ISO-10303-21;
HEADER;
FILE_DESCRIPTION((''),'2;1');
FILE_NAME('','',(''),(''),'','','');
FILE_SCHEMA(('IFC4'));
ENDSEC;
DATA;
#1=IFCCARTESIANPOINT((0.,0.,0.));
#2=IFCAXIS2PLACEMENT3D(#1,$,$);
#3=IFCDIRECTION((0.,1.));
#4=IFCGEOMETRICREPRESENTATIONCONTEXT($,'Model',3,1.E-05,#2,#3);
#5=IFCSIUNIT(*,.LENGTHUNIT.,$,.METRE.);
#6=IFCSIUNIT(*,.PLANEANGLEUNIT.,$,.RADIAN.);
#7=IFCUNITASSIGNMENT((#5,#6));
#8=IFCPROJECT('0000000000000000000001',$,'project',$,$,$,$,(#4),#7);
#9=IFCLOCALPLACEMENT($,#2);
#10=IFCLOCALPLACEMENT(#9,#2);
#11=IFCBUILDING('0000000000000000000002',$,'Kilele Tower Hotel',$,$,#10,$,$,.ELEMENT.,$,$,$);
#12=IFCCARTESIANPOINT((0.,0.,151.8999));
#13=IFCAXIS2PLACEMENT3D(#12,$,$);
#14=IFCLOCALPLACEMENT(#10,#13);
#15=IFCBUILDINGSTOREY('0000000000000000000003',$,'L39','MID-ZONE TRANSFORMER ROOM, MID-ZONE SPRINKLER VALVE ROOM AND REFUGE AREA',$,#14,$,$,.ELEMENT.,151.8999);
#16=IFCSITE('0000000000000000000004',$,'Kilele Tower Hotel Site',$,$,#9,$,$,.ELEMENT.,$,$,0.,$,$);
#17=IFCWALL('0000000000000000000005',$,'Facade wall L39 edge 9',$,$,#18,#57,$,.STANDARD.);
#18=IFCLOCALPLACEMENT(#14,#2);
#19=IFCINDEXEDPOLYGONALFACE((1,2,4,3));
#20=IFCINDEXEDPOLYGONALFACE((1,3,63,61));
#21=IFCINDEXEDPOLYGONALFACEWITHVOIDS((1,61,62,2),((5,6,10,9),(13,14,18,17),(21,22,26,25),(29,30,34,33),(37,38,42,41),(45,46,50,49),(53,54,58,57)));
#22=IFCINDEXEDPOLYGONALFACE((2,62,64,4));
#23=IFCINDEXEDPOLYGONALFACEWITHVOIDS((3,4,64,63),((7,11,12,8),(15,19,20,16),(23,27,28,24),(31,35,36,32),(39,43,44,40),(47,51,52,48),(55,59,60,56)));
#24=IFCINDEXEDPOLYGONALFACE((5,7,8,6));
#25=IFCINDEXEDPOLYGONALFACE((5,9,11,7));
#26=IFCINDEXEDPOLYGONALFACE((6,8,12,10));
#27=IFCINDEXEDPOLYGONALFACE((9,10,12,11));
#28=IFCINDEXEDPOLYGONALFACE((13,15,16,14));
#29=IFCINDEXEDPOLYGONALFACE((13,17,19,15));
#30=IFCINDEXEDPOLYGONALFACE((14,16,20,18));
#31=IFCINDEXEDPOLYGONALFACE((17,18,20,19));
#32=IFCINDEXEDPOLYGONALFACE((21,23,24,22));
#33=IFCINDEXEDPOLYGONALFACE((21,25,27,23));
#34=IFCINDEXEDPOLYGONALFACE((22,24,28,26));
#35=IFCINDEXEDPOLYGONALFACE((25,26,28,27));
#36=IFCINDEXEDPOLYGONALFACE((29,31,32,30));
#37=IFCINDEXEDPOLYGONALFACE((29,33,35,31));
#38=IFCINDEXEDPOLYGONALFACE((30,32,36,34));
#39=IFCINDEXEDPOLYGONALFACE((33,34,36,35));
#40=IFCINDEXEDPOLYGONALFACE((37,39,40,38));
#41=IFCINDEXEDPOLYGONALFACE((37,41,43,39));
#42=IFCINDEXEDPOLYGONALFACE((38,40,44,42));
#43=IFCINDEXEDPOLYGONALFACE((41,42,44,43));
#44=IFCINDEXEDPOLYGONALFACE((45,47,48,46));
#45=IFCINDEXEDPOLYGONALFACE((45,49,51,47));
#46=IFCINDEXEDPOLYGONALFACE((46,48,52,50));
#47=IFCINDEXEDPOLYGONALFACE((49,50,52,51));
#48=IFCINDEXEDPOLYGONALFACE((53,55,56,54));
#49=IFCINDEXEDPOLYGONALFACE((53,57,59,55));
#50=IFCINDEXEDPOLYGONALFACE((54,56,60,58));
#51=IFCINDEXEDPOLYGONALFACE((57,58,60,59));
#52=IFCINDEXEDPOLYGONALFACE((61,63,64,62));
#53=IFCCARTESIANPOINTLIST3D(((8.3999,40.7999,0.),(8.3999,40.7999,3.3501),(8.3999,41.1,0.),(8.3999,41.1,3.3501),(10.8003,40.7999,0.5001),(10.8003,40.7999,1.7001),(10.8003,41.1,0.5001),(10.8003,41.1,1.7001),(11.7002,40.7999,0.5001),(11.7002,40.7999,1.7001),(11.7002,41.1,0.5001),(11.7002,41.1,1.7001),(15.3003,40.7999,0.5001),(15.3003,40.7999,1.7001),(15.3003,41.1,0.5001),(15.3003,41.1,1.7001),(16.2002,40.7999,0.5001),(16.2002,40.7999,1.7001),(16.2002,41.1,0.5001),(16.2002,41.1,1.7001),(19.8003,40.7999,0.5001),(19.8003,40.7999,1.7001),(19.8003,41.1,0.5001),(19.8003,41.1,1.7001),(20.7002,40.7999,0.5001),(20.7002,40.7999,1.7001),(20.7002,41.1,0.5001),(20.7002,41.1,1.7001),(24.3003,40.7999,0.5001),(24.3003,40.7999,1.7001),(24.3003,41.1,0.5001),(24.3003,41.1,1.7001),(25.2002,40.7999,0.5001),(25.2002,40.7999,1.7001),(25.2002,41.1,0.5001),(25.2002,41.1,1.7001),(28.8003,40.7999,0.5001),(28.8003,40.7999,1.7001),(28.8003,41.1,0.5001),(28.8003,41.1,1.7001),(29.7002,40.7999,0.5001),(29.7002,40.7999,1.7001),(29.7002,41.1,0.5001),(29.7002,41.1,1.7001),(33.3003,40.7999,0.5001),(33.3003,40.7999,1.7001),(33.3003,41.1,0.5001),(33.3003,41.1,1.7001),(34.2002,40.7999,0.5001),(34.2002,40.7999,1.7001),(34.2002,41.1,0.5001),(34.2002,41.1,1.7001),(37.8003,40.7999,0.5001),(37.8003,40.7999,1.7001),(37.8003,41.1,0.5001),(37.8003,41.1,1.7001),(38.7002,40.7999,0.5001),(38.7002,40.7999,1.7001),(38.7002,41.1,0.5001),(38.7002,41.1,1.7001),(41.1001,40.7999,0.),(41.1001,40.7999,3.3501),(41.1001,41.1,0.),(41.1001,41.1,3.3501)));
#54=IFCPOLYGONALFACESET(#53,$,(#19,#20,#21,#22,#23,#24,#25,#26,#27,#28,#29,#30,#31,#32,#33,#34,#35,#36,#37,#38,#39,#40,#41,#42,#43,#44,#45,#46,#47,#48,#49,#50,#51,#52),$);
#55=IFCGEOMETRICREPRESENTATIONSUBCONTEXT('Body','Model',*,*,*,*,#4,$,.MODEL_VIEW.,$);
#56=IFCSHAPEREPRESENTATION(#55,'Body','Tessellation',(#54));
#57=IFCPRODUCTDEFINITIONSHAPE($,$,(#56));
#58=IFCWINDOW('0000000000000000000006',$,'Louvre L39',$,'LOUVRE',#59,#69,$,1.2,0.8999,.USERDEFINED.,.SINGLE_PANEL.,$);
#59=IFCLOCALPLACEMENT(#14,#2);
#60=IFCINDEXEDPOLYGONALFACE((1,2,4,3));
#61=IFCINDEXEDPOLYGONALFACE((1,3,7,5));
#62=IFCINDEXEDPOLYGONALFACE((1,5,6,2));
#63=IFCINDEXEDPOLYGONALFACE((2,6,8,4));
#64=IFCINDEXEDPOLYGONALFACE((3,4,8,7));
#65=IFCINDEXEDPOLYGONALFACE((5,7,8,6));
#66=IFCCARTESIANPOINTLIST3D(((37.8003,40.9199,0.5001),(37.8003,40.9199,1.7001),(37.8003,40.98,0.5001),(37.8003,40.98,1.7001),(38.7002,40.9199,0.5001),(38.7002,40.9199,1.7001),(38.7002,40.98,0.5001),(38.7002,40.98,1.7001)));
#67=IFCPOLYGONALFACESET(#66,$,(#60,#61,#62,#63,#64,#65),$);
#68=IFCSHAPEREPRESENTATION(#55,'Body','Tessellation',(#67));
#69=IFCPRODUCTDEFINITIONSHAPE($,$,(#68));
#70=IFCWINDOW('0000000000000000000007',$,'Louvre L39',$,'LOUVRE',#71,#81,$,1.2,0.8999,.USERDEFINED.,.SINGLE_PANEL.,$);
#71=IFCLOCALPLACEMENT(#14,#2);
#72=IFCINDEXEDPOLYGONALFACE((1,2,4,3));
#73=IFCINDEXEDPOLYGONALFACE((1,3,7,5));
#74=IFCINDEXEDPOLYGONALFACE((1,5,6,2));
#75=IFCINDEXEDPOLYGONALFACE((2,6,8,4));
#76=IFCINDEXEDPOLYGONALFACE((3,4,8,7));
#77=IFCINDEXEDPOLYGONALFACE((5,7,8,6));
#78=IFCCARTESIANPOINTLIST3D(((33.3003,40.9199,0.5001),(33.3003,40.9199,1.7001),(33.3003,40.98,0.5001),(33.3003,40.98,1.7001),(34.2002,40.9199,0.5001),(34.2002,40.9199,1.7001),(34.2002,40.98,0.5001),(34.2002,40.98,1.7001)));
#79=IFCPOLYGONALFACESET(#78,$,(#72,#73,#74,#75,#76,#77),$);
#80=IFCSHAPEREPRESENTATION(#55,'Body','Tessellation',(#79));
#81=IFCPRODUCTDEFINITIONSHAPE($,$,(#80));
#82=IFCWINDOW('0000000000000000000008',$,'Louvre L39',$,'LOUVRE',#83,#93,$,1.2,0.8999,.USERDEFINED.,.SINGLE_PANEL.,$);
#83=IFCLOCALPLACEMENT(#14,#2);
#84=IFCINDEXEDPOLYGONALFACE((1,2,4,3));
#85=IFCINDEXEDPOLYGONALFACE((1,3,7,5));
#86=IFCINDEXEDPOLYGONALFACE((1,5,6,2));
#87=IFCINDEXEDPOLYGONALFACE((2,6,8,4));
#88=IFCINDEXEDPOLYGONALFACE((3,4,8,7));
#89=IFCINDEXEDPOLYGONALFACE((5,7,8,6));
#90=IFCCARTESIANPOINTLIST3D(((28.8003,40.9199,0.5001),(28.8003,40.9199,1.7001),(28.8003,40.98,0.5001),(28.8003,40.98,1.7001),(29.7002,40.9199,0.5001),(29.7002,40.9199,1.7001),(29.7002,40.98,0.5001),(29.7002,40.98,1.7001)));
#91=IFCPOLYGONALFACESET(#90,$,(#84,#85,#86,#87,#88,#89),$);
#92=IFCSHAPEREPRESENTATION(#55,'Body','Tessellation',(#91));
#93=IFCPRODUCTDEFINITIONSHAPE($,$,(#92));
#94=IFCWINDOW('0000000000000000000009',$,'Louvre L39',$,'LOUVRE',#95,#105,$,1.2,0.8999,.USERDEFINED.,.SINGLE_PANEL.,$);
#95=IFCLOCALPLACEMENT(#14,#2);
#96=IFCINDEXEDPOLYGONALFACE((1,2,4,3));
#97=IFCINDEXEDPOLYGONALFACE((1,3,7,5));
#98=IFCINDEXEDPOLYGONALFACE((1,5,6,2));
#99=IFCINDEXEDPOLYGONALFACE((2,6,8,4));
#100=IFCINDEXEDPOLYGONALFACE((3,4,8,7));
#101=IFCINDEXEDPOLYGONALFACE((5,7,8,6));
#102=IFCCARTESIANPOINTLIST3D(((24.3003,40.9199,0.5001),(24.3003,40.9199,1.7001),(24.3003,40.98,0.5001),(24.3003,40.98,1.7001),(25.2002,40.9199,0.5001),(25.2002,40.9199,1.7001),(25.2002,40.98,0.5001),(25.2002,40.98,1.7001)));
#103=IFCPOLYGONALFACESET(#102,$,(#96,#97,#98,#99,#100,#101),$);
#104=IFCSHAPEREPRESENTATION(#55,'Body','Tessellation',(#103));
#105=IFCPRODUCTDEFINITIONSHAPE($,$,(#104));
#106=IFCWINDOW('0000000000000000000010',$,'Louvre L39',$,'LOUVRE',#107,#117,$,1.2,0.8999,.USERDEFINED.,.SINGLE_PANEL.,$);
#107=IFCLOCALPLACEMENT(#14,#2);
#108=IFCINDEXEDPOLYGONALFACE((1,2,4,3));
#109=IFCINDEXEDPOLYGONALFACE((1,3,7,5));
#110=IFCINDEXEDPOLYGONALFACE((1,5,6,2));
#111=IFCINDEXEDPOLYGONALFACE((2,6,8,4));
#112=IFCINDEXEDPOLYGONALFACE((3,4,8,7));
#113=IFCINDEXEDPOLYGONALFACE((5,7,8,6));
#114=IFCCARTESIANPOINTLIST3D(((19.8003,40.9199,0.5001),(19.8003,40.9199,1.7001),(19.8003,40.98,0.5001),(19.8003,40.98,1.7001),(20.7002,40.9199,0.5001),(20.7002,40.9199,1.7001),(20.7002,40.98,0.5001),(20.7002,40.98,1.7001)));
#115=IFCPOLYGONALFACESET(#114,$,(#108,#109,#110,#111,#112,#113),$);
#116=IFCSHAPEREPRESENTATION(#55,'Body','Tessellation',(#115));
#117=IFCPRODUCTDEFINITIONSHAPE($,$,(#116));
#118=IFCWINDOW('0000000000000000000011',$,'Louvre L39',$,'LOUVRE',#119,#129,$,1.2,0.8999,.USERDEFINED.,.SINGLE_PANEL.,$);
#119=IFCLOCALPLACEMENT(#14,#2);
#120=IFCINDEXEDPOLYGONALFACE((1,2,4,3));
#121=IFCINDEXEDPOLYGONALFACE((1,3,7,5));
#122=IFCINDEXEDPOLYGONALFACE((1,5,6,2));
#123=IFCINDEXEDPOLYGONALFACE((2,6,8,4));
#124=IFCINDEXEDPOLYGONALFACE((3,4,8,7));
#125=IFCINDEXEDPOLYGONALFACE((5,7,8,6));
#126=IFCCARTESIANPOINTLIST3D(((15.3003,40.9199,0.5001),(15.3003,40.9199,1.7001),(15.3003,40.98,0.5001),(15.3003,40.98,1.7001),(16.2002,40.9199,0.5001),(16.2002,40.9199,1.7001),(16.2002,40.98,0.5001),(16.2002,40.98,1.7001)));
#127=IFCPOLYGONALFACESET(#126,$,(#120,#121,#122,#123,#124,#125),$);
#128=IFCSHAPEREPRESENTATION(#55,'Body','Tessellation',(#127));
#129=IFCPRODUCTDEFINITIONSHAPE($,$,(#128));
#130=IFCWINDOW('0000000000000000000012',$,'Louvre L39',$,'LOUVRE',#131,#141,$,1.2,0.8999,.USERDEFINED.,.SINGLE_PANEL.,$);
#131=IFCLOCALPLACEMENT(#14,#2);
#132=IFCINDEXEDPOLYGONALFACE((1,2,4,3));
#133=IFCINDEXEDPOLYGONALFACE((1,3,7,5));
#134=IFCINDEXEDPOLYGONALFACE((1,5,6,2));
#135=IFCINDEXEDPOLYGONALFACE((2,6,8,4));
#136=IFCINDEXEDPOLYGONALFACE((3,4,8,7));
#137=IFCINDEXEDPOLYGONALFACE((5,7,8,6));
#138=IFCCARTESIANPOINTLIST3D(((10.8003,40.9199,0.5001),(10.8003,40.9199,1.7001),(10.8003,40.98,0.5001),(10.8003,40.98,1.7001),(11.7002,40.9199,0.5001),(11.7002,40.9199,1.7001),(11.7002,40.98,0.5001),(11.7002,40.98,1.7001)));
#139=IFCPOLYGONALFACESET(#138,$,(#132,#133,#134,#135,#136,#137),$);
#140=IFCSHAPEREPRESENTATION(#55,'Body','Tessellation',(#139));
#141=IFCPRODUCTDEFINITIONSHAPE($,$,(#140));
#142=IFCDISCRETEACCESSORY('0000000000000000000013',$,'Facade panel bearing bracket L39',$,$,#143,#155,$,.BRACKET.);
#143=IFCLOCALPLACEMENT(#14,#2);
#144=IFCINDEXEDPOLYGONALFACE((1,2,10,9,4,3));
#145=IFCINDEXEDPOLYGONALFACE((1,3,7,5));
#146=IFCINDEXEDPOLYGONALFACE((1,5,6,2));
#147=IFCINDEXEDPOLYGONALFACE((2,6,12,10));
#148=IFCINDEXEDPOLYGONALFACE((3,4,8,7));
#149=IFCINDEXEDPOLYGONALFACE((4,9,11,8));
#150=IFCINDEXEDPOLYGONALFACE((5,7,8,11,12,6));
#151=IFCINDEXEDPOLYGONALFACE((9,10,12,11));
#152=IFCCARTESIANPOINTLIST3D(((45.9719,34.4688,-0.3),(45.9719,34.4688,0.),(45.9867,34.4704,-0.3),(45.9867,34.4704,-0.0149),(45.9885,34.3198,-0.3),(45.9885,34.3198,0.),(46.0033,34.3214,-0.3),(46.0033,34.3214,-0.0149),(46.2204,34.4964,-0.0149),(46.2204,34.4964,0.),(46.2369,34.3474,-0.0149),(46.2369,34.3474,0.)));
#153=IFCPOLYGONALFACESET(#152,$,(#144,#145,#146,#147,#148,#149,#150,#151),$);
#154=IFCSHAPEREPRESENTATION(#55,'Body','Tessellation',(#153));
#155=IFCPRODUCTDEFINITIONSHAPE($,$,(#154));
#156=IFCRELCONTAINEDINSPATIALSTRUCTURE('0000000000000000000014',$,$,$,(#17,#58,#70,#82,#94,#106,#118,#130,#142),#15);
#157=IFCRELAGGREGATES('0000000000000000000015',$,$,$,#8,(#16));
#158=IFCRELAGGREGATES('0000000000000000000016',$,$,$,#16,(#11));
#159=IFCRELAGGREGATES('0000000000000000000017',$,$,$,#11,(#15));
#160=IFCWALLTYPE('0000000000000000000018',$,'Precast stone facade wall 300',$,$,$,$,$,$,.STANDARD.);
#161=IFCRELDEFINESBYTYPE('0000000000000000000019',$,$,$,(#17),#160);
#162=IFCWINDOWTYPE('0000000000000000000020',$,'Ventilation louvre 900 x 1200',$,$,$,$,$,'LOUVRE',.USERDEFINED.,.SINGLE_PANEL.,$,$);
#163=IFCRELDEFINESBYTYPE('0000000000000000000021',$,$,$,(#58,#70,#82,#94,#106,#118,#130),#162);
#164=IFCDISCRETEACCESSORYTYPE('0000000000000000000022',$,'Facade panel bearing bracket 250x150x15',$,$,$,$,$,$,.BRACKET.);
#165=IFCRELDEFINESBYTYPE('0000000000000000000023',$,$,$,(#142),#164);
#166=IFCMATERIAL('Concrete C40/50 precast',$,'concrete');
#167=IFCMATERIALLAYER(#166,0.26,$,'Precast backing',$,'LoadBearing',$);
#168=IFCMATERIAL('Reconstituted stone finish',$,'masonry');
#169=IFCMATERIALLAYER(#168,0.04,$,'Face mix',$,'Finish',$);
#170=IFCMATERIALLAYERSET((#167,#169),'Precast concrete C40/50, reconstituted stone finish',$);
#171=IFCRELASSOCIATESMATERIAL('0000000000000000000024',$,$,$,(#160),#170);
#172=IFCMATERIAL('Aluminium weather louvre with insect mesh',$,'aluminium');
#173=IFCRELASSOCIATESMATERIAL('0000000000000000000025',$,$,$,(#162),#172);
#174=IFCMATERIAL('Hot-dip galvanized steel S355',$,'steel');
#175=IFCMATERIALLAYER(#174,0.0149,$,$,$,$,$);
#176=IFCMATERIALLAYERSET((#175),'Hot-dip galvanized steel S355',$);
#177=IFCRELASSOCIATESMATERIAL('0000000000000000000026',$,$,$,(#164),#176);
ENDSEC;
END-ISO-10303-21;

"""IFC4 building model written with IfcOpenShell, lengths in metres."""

from ifc_helpers import new_model, si_unit, direction, frame, frame_2d, origin, place, context, subcontext, project, spatial, polyline, rectangle, outline, extrude, source, transform, mapped, material, layer, layer_set, type_object, element, fill, save


model = new_model("IFC4")

# Units and contexts
model_context = context("Model", 3, precision=1e-05, world=origin(), true_north=direction((0.0, 1.0)))
body_context = subcontext(model_context, "Body", "Model", "MODEL_VIEW")
ifc_project = project(units=[si_unit("LENGTHUNIT", "METRE"), si_unit("PLANEANGLEUNIT", "RADIAN")], contexts=[model_context])

# Site, building, storey
site_placement = place(None, origin())
site = spatial("IfcSite", under=ifc_project, at=site_placement, Name="Kilele Tower Hotel Site", CompositionType="ELEMENT", RefElevation=0.0)
building_placement = place(site_placement, origin())
building = spatial("IfcBuilding", under=site, at=building_placement, Name="Kilele Tower Hotel", CompositionType="ELEMENT")
storey_placement = place(building_placement, frame((0.0, 0.0, 151.8999)))
storey = spatial("IfcBuildingStorey", under=building, at=storey_placement, Name="L39", Description="MID-ZONE TRANSFORMER ROOM, MID-ZONE SPRINKLER VALVE ROOM AND REFUGE AREA", CompositionType="ELEMENT", Elevation=151.8999)

# Shared definitions
ifc_material_1 = material(Name="Concrete C40/50 precast", Category="concrete")
ifc_layer_1 = layer(ifc_material_1, 0.26, Name="Precast backing", Category="LoadBearing")
ifc_material_2 = material(Name="Reconstituted stone finish", Category="masonry")
ifc_layer_2 = layer(ifc_material_2, 0.04, Name="Face mix", Category="Finish")
ifc_layer_set_1 = layer_set([ifc_layer_1, ifc_layer_2], Name="Precast concrete C40/50, reconstituted stone finish")
wall_type = type_object("IfcWallType", Name="Precast stone facade wall 300", PredefinedType="STANDARD", material=ifc_layer_set_1)
ifc_material_3 = material(Name="Aluminium weather louvre with insect mesh", Category="aluminium")
window_type = type_object("IfcWindowType", Name="Ventilation louvre 900 x 1200", ElementType="LOUVRE", PartitioningType="SINGLE_PANEL", PredefinedType="USERDEFINED", material=ifc_material_3)

# Wall, openings, windows
wall_1_placement = place(storey_placement, frame((41.1001, 40.95, 0.0), z_axis=(0.0, 0.0, 1.0), x_axis=(-1.0, 0.0, 0.0)))
wall_1 = element("IfcWall", 1, at=wall_1_placement, inside=storey, type_object=wall_type, Name="Facade wall L39 edge 9", PredefinedType="STANDARD", context=body_context, shape_type="SweptSolid", body=[
    extrude(rectangle(XDim=32.7002, YDim=0.3, at=frame_2d((16.3501, 0.0))), origin(), (0.0, 0.0, 1.0), 3.3501),
])
opening_1_placement = place(wall_1_placement, frame((2.3999, 0.0, 0.5)))
opening_1 = element("IfcOpeningElement", 2, at=opening_1_placement, cuts=wall_1, PredefinedType="OPENING", context=body_context, shape_type="SweptSolid", body=[
    extrude(rectangle(XDim=0.8999, YDim=1.2, at=frame_2d((0.45, 0.6001))), frame((0.0, 0.1599, 0.0), z_axis=(0.0, -1.0, 0.0), x_axis=(1.0, 0.0, 0.0)), (0.0, 0.0, 1.0), 0.3201),
])
opening_2_placement = place(wall_1_placement, frame((6.8999, 0.0, 0.5)))
opening_2 = element("IfcOpeningElement", 3, at=opening_2_placement, cuts=wall_1, PredefinedType="OPENING", context=body_context, shape_type="SweptSolid", body=[
    extrude(rectangle(XDim=0.8999, YDim=1.2, at=frame_2d((0.45, 0.6001))), frame((0.0, 0.1599, 0.0), z_axis=(0.0, -1.0, 0.0), x_axis=(1.0, 0.0, 0.0)), (0.0, 0.0, 1.0), 0.3201),
])
opening_3_placement = place(wall_1_placement, frame((11.3999, 0.0, 0.5)))
opening_3 = element("IfcOpeningElement", 4, at=opening_3_placement, cuts=wall_1, PredefinedType="OPENING", context=body_context, shape_type="SweptSolid", body=[
    extrude(rectangle(XDim=0.8999, YDim=1.2, at=frame_2d((0.45, 0.6001))), frame((0.0, 0.1599, 0.0), z_axis=(0.0, -1.0, 0.0), x_axis=(1.0, 0.0, 0.0)), (0.0, 0.0, 1.0), 0.3201),
])
opening_4_placement = place(wall_1_placement, frame((15.8999, 0.0, 0.5)))
opening_4 = element("IfcOpeningElement", 5, at=opening_4_placement, cuts=wall_1, PredefinedType="OPENING", context=body_context, shape_type="SweptSolid", body=[
    extrude(rectangle(XDim=0.8999, YDim=1.2, at=frame_2d((0.45, 0.6001))), frame((0.0, 0.1599, 0.0), z_axis=(0.0, -1.0, 0.0), x_axis=(1.0, 0.0, 0.0)), (0.0, 0.0, 1.0), 0.3201),
])
opening_5_placement = place(wall_1_placement, frame((20.3999, 0.0, 0.5)))
opening_5 = element("IfcOpeningElement", 6, at=opening_5_placement, cuts=wall_1, PredefinedType="OPENING", context=body_context, shape_type="SweptSolid", body=[
    extrude(rectangle(XDim=0.8999, YDim=1.2, at=frame_2d((0.45, 0.6001))), frame((0.0, 0.1599, 0.0), z_axis=(0.0, -1.0, 0.0), x_axis=(1.0, 0.0, 0.0)), (0.0, 0.0, 1.0), 0.3201),
])
opening_6_placement = place(wall_1_placement, frame((24.8999, 0.0, 0.5)))
opening_6 = element("IfcOpeningElement", 7, at=opening_6_placement, cuts=wall_1, PredefinedType="OPENING", context=body_context, shape_type="SweptSolid", body=[
    extrude(rectangle(XDim=0.8999, YDim=1.2, at=frame_2d((0.45, 0.6001))), frame((0.0, 0.1599, 0.0), z_axis=(0.0, -1.0, 0.0), x_axis=(1.0, 0.0, 0.0)), (0.0, 0.0, 1.0), 0.3201),
])
opening_7_placement = place(wall_1_placement, frame((29.3999, 0.0, 0.5)))
opening_7 = element("IfcOpeningElement", 8, at=opening_7_placement, cuts=wall_1, PredefinedType="OPENING", context=body_context, shape_type="SweptSolid", body=[
    extrude(rectangle(XDim=0.8999, YDim=1.2, at=frame_2d((0.45, 0.6001))), frame((0.0, 0.1599, 0.0), z_axis=(0.0, -1.0, 0.0), x_axis=(1.0, 0.0, 0.0)), (0.0, 0.0, 1.0), 0.3201),
])
window_1_placement = place(opening_1_placement, origin())
window_1 = element("IfcWindow", 9, at=window_1_placement, inside=storey, type_object=window_type, Name="Louvre L39", ObjectType="LOUVRE", OverallHeight=1.2, OverallWidth=0.8999, PartitioningType="SINGLE_PANEL", PredefinedType="USERDEFINED", context=body_context, shape_type="SweptSolid", body=[
    extrude(rectangle(XDim=0.8999, YDim=1.2, at=frame_2d((0.45, 0.6001))), frame((0.0, 0.03, 0.0), z_axis=(0.0, -1.0, 0.0), x_axis=(1.0, 0.0, 0.0)), (0.0, 0.0, 1.0), 0.0601),
])
fill(opening_1, window_1)
window_2_placement = place(opening_2_placement, origin())
window_2 = element("IfcWindow", 10, at=window_2_placement, inside=storey, type_object=window_type, Name="Louvre L39", ObjectType="LOUVRE", OverallHeight=1.2, OverallWidth=0.8999, PartitioningType="SINGLE_PANEL", PredefinedType="USERDEFINED", context=body_context, shape_type="SweptSolid", body=[
    extrude(rectangle(XDim=0.8999, YDim=1.2, at=frame_2d((0.45, 0.6001))), frame((0.0, 0.03, 0.0), z_axis=(0.0, -1.0, 0.0), x_axis=(1.0, 0.0, 0.0)), (0.0, 0.0, 1.0), 0.0601),
])
fill(opening_2, window_2)
window_3_placement = place(opening_3_placement, origin())
window_3 = element("IfcWindow", 11, at=window_3_placement, inside=storey, type_object=window_type, Name="Louvre L39", ObjectType="LOUVRE", OverallHeight=1.2, OverallWidth=0.8999, PartitioningType="SINGLE_PANEL", PredefinedType="USERDEFINED", context=body_context, shape_type="SweptSolid", body=[
    extrude(rectangle(XDim=0.8999, YDim=1.2, at=frame_2d((0.45, 0.6001))), frame((0.0, 0.03, 0.0), z_axis=(0.0, -1.0, 0.0), x_axis=(1.0, 0.0, 0.0)), (0.0, 0.0, 1.0), 0.0601),
])
fill(opening_3, window_3)
window_4_placement = place(opening_4_placement, origin())
window_4 = element("IfcWindow", 12, at=window_4_placement, inside=storey, type_object=window_type, Name="Louvre L39", ObjectType="LOUVRE", OverallHeight=1.2, OverallWidth=0.8999, PartitioningType="SINGLE_PANEL", PredefinedType="USERDEFINED", context=body_context, shape_type="SweptSolid", body=[
    extrude(rectangle(XDim=0.8999, YDim=1.2, at=frame_2d((0.45, 0.6001))), frame((0.0, 0.03, 0.0), z_axis=(0.0, -1.0, 0.0), x_axis=(1.0, 0.0, 0.0)), (0.0, 0.0, 1.0), 0.0601),
])
fill(opening_4, window_4)
window_5_placement = place(opening_5_placement, origin())
window_5 = element("IfcWindow", 13, at=window_5_placement, inside=storey, type_object=window_type, Name="Louvre L39", ObjectType="LOUVRE", OverallHeight=1.2, OverallWidth=0.8999, PartitioningType="SINGLE_PANEL", PredefinedType="USERDEFINED", context=body_context, shape_type="SweptSolid", body=[
    extrude(rectangle(XDim=0.8999, YDim=1.2, at=frame_2d((0.45, 0.6001))), frame((0.0, 0.03, 0.0), z_axis=(0.0, -1.0, 0.0), x_axis=(1.0, 0.0, 0.0)), (0.0, 0.0, 1.0), 0.0601),
])
fill(opening_5, window_5)
window_6_placement = place(opening_6_placement, origin())
window_6 = element("IfcWindow", 14, at=window_6_placement, inside=storey, type_object=window_type, Name="Louvre L39", ObjectType="LOUVRE", OverallHeight=1.2, OverallWidth=0.8999, PartitioningType="SINGLE_PANEL", PredefinedType="USERDEFINED", context=body_context, shape_type="SweptSolid", body=[
    extrude(rectangle(XDim=0.8999, YDim=1.2, at=frame_2d((0.45, 0.6001))), frame((0.0, 0.03, 0.0), z_axis=(0.0, -1.0, 0.0), x_axis=(1.0, 0.0, 0.0)), (0.0, 0.0, 1.0), 0.0601),
])
fill(opening_6, window_6)
window_7_placement = place(opening_7_placement, origin())
window_7 = element("IfcWindow", 15, at=window_7_placement, inside=storey, type_object=window_type, Name="Louvre L39", ObjectType="LOUVRE", OverallHeight=1.2, OverallWidth=0.8999, PartitioningType="SINGLE_PANEL", PredefinedType="USERDEFINED", context=body_context, shape_type="SweptSolid", body=[
    extrude(rectangle(XDim=0.8999, YDim=1.2, at=frame_2d((0.45, 0.6001))), frame((0.0, 0.03, 0.0), z_axis=(0.0, -1.0, 0.0), x_axis=(1.0, 0.0, 0.0)), (0.0, 0.0, 1.0), 0.0601),
])
fill(opening_7, window_7)

# Discrete accessory
ifc_material_4 = material(Name="Hot-dip galvanized steel S355", Category="steel")
ifc_layer_3 = layer(ifc_material_4, 0.0149)
ifc_layer_set_2 = layer_set([ifc_layer_3], Name="Hot-dip galvanized steel S355")
discrete_accessory_type_1 = type_object("IfcDiscreteAccessoryType", Name="Facade panel bearing bracket 250x150x15", PredefinedType="BRACKET", material=ifc_layer_set_2)
shared_shape_1 = source(origin(), body_context, "Body", "SweptSolid", [
    extrude(outline(polyline([(0.0, 0.0), (0.25, 0.0), (0.25, -0.0149), (0.0149, -0.0149), (0.0149, -0.3), (0.0, -0.3), (0.0, 0.0)])), origin(), (0.0, 0.0, 1.0), 0.1499),
])
for number, where, z_axis, x_axis, name in (
    (16, (45.9719, 34.4688, 0.0), (0.110432, -0.993884, 0.0), (0.993884, 0.110432, 0.0), "Facade panel bearing bracket L39"),
):
    element("IfcDiscreteAccessory", number, at=place(storey_placement, frame(where, z_axis=z_axis, x_axis=x_axis)), inside=storey, type_object=discrete_accessory_type_1, Name=name, PredefinedType="BRACKET", context=body_context, shape_type="MappedRepresentation", body=[
        mapped(shared_shape_1, transform((0.0, 0.0, 0.0))),
    ])

save(model, "model.ifc")
